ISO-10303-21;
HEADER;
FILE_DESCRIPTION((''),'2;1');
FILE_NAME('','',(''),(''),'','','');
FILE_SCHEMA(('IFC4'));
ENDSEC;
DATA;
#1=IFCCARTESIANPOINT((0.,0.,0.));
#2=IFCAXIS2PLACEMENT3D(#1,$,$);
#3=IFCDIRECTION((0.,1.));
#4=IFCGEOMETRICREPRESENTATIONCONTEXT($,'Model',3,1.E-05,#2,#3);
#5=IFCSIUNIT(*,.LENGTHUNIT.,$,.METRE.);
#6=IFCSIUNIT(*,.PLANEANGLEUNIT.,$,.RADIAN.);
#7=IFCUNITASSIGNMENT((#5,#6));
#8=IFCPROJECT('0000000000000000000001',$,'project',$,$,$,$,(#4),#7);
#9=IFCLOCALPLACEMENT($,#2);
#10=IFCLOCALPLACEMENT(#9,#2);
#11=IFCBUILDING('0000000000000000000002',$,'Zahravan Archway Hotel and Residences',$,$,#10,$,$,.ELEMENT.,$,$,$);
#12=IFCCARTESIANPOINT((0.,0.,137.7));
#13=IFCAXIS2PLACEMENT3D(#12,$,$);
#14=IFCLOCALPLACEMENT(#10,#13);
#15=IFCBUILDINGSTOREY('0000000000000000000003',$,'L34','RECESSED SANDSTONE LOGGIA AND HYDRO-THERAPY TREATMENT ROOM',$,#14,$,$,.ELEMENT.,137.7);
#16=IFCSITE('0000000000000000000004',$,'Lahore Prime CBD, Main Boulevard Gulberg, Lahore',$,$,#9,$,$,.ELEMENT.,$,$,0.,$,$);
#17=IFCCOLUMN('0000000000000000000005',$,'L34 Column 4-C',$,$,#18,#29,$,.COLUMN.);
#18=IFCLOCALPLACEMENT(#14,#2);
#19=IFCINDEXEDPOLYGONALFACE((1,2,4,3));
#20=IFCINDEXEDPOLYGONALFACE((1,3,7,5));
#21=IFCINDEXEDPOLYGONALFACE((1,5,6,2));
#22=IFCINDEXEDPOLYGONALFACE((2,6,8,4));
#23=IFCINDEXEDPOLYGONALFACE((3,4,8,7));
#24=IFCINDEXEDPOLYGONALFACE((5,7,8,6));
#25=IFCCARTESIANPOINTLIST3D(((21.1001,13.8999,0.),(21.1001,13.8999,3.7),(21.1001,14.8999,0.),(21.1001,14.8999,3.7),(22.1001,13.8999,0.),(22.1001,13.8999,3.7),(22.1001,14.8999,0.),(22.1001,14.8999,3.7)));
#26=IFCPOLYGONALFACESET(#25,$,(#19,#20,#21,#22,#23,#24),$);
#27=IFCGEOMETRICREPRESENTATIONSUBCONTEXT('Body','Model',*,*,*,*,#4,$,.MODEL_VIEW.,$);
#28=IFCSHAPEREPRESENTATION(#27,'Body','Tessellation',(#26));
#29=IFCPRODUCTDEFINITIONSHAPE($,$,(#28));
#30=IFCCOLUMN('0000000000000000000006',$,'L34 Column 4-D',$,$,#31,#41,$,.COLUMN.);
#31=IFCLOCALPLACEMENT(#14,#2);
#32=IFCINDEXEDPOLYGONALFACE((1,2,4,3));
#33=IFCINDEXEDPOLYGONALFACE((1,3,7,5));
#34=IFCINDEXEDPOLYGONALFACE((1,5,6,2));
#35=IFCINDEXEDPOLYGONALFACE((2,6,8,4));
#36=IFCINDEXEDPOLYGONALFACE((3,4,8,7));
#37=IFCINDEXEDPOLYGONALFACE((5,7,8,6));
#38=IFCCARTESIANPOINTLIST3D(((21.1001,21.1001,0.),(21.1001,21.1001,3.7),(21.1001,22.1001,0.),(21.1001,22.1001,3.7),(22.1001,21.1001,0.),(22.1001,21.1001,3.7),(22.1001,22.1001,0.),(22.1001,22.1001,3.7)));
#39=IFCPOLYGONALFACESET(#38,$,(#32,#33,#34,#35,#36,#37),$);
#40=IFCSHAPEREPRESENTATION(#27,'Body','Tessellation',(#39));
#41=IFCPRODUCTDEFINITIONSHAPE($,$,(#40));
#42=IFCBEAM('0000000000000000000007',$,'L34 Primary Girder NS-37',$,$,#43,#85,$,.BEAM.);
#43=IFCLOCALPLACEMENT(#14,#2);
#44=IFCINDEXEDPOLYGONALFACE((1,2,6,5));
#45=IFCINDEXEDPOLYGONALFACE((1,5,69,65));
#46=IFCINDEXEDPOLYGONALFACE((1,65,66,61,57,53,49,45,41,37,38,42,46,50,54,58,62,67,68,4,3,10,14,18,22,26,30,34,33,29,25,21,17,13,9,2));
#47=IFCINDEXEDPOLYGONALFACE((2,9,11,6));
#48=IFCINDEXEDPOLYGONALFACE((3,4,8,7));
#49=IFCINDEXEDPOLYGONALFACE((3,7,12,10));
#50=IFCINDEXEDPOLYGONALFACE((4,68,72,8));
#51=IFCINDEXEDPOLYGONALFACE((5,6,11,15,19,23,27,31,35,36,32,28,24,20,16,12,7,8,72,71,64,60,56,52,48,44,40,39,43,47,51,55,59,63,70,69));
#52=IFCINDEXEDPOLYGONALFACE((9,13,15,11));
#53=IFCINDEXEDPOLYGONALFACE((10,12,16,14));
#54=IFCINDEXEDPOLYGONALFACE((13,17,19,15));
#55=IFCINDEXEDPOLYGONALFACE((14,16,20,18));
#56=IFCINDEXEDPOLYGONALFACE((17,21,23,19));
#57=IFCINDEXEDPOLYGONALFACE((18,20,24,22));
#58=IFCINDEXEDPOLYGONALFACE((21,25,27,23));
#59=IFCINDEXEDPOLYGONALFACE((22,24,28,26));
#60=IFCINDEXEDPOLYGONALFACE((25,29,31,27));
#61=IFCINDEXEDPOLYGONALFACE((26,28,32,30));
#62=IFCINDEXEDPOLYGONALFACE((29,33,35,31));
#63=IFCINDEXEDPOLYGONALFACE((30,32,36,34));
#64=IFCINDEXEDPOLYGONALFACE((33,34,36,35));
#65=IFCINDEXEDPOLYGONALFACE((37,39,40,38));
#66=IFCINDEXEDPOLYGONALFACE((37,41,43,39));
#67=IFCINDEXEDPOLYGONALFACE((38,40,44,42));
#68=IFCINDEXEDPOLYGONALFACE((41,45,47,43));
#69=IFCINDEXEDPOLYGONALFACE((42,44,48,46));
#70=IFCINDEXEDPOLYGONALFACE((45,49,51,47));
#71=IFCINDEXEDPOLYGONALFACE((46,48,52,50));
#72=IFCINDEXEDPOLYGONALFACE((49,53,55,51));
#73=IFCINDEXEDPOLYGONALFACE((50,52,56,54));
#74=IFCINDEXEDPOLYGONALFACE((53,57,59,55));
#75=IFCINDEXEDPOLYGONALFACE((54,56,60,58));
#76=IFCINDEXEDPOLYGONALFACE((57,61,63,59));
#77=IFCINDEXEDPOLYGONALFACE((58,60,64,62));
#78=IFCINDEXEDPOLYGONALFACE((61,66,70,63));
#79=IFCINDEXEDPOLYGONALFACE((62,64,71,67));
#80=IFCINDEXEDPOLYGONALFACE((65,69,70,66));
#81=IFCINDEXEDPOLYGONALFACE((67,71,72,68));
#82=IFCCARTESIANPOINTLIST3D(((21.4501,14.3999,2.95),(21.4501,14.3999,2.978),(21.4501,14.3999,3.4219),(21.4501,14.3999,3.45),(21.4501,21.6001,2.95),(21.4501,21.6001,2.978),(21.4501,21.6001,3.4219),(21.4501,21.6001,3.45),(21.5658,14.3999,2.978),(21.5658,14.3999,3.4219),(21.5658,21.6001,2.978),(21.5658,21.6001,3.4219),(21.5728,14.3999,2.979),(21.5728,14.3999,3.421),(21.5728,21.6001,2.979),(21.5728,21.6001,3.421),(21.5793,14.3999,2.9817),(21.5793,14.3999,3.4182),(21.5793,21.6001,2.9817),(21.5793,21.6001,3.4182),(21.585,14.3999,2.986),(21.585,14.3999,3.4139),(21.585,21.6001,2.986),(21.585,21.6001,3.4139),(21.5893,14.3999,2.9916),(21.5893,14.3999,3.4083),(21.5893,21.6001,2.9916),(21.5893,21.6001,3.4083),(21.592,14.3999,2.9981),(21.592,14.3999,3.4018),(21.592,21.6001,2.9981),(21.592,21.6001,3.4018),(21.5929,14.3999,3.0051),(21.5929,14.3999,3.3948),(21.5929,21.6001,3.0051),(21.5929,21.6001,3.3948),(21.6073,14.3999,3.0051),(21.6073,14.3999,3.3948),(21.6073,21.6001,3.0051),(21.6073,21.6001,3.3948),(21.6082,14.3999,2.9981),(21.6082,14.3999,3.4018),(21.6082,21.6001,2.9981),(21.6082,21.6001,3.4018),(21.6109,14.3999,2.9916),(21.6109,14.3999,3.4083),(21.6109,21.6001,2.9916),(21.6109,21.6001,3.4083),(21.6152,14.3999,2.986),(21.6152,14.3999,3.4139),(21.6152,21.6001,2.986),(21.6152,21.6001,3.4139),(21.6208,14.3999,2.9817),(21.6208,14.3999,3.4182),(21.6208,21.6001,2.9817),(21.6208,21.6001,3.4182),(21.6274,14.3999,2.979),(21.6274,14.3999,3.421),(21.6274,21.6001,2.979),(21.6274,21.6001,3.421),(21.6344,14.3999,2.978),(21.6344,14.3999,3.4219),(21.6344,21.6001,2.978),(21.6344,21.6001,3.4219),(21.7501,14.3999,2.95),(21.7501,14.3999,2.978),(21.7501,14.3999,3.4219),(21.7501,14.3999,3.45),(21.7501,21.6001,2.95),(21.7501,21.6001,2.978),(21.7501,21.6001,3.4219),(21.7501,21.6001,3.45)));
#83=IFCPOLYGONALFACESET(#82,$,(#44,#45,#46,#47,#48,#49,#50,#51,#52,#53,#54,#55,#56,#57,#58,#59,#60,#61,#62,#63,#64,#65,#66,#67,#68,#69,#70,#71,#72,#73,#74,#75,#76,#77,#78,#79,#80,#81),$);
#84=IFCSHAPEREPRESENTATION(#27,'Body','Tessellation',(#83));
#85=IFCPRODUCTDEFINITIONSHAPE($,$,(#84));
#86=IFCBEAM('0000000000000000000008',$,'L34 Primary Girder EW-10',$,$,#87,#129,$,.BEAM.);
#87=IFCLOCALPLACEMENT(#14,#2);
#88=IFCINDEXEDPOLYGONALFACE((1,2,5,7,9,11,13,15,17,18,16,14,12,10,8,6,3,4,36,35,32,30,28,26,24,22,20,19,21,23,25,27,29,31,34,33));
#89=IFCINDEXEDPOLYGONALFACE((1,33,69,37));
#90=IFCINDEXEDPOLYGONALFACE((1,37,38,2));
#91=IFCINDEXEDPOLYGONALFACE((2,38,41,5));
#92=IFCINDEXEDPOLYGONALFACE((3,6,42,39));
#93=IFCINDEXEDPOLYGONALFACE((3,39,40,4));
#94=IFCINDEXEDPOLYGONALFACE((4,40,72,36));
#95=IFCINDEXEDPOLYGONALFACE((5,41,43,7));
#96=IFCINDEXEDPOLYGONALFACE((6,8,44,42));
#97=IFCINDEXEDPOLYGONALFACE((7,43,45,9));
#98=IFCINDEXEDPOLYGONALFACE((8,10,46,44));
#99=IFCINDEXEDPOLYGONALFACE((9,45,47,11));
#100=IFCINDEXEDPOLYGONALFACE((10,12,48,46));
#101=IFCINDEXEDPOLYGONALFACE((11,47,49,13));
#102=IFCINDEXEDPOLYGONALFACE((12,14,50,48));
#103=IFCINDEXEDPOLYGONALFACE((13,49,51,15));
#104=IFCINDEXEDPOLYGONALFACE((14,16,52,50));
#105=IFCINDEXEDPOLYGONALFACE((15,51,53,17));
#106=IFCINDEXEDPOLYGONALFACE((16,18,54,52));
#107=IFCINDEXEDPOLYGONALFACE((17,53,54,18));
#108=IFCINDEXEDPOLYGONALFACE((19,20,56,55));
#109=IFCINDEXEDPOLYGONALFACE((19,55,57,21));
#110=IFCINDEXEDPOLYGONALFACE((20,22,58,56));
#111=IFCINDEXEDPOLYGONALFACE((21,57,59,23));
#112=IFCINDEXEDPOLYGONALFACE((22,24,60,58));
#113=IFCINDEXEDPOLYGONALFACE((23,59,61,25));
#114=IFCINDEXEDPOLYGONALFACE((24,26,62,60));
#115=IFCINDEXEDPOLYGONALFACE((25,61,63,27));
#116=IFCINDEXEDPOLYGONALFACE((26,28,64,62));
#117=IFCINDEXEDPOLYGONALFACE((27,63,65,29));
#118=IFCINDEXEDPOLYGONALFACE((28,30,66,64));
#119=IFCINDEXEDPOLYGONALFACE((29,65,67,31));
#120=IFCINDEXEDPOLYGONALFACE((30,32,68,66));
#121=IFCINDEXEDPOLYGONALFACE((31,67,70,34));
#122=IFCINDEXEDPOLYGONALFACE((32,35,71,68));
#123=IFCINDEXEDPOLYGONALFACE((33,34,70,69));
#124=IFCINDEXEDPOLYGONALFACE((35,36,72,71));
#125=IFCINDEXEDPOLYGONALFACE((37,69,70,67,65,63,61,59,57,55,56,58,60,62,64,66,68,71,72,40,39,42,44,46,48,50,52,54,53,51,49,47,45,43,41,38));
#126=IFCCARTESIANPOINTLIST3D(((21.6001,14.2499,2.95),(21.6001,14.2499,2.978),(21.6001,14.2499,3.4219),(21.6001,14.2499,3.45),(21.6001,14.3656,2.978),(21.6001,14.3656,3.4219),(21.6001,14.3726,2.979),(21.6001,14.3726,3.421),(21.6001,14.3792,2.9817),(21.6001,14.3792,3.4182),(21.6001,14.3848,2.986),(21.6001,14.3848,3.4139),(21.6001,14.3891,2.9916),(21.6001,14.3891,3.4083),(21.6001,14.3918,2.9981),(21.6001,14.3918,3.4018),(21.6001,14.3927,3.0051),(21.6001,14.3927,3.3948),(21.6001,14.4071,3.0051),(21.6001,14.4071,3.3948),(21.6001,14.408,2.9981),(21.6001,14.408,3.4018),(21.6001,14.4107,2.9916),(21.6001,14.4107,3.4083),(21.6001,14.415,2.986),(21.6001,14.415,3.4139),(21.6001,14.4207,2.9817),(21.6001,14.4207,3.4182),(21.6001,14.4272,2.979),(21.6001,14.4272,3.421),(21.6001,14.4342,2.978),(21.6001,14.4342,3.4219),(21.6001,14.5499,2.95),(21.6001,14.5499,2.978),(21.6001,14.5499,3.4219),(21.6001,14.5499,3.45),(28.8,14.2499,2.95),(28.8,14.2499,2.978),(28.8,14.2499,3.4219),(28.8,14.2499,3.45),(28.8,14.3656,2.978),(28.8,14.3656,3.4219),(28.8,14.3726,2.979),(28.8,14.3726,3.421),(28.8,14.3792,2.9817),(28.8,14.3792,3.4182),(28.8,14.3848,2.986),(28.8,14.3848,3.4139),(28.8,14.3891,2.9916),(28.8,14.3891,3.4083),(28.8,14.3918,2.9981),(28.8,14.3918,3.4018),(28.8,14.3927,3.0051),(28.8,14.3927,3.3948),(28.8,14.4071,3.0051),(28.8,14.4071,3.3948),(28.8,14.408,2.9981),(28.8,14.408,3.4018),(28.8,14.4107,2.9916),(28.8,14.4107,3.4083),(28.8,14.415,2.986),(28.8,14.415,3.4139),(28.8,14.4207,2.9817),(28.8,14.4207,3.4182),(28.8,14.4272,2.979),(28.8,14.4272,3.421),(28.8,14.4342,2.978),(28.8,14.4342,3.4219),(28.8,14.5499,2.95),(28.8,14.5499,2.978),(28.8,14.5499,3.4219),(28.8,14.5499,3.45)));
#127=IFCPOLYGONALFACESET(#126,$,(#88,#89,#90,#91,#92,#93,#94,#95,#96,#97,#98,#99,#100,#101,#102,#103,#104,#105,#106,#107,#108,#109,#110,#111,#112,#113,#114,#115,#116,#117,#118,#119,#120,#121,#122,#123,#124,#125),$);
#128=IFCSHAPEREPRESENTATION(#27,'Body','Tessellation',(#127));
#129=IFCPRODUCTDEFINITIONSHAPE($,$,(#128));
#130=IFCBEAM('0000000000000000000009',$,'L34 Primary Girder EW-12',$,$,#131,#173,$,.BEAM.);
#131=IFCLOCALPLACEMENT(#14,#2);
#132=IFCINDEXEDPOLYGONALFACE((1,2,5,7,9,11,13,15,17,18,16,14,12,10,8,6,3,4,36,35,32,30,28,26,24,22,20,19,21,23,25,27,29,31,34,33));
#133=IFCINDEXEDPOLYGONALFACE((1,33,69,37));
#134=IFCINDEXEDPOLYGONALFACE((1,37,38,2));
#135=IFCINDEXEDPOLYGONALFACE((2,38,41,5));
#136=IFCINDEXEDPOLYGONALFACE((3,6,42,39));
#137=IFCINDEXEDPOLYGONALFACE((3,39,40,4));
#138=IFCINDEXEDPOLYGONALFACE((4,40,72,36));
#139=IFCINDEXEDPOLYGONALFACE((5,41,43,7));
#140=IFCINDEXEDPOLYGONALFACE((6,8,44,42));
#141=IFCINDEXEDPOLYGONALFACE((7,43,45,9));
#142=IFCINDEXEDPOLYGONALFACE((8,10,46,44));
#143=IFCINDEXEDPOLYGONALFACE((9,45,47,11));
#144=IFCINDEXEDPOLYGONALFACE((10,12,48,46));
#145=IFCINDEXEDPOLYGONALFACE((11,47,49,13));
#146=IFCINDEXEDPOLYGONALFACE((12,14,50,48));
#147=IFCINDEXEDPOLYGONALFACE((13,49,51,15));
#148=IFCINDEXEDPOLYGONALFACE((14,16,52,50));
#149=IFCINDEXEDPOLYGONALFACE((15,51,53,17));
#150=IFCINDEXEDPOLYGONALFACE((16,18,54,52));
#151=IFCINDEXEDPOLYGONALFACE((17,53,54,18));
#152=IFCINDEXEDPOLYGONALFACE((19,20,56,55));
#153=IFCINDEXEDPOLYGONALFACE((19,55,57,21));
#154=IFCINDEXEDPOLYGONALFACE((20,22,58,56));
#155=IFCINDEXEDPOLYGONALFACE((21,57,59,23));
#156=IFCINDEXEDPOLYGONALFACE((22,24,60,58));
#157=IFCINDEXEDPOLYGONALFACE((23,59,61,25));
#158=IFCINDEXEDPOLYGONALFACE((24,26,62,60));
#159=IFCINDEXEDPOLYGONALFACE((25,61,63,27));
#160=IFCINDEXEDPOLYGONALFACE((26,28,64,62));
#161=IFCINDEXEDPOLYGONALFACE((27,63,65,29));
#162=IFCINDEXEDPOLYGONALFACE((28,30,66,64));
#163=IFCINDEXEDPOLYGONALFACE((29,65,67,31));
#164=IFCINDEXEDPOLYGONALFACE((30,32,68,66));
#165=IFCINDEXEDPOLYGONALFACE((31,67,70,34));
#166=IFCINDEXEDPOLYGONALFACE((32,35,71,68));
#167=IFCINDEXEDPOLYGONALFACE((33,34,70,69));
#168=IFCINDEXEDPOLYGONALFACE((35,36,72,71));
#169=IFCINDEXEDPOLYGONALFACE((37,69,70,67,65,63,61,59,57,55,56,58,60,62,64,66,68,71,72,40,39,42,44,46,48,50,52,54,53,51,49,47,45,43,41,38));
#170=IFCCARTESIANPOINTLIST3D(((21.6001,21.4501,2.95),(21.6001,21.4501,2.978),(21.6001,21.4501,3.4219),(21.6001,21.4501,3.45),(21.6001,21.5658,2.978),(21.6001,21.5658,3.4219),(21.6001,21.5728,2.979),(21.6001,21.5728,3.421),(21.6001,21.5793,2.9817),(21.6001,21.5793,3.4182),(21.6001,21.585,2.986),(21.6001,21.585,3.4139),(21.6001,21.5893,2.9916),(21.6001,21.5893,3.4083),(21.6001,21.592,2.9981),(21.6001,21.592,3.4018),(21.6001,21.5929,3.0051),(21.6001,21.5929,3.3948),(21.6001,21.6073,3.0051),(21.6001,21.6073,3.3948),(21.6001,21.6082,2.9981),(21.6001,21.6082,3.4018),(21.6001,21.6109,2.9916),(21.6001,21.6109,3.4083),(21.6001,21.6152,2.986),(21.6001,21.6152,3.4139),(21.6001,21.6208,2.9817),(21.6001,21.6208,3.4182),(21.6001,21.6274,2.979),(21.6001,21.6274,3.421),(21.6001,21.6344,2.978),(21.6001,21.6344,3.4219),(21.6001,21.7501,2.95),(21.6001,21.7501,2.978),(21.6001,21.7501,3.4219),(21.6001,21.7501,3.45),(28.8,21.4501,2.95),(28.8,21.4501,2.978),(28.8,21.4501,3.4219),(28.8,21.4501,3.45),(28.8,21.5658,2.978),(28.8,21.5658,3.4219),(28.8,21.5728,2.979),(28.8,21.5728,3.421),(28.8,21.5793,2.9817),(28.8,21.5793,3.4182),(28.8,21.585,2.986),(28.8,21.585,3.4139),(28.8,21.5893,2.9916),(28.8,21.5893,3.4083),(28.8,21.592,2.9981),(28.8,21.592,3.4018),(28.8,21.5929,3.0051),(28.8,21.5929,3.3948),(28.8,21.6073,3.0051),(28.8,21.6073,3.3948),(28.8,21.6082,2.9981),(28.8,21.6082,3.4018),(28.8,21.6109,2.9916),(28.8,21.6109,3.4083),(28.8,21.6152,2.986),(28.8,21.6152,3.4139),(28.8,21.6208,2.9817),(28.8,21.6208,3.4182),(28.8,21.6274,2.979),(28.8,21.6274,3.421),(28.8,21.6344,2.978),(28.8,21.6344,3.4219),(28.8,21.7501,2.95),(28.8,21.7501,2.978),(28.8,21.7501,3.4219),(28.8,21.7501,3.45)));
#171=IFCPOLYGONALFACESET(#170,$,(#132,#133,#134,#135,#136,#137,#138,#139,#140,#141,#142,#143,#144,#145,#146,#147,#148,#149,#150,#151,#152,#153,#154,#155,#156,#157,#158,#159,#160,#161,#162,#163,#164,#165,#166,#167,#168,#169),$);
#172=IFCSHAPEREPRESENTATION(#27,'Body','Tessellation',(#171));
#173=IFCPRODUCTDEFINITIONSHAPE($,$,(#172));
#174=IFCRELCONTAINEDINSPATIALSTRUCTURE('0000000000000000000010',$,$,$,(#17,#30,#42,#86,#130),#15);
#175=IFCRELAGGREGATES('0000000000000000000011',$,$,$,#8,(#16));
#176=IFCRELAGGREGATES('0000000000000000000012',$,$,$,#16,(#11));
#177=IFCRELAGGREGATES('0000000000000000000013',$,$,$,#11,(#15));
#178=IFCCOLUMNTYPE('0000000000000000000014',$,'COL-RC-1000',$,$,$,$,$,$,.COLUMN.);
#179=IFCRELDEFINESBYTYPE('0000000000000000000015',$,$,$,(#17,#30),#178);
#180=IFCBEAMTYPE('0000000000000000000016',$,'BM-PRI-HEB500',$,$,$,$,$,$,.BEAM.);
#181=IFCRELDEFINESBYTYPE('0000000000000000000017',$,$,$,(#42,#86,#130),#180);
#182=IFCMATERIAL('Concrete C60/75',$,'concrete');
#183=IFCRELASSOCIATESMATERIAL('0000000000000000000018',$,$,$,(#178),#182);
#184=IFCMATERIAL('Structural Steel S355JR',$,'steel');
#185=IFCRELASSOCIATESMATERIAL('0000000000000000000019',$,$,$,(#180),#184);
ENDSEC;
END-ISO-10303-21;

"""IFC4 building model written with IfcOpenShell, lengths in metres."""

from ifc_helpers import new_model, si_unit, direction, frame, origin, origin_2d, place, context, subcontext, project, spatial, rectangle, i_section, extrude, source, transform, mapped, material, material_profile, profile_set, type_object, type_shapes, element, save


model = new_model("IFC4")

# Units and contexts
model_context = context("Model", 3, precision=1e-05, world=origin(), true_north=direction((0.0, 1.0)))
body_context = subcontext(model_context, "Body", "Model", "MODEL_VIEW")
ifc_project = project(units=[si_unit("LENGTHUNIT", "METRE"), si_unit("PLANEANGLEUNIT", "RADIAN")], contexts=[model_context])

# Site, building, storey
site_placement = place(None, origin())
site = spatial("IfcSite", under=ifc_project, at=site_placement, Name="Lahore Prime CBD, Main Boulevard Gulberg, Lahore", CompositionType="ELEMENT", RefElevation=0.0)
building_placement = place(site_placement, origin())
building = spatial("IfcBuilding", under=site, at=building_placement, Name="Zahravan Archway Hotel and Residences", CompositionType="ELEMENT")
storey_placement = place(building_placement, frame((0.0, 0.0, 137.7)))
storey = spatial("IfcBuildingStorey", under=building, at=storey_placement, Name="L34", Description="RECESSED SANDSTONE LOGGIA AND HYDRO-THERAPY TREATMENT ROOM", CompositionType="ELEMENT", Elevation=137.7)

# Columns
ifc_material_1 = material(Name="Concrete C60/75", Category="concrete")
ifc_material_profile_1 = material_profile(ifc_material_1, rectangle(XDim=1.0, YDim=1.0, at=origin_2d()), Name="RC-COL-1000x1000", Category="concrete")
ifc_profile_set_1 = profile_set([ifc_material_profile_1], Name="Concrete C60/75")
column_type = type_object("IfcColumnType", Name="COL-RC-1000", PredefinedType="COLUMN", material=ifc_profile_set_1)
shared_shape_1 = source(origin(), body_context, "Body", "SweptSolid", [
    extrude(rectangle(XDim=1.0, YDim=1.0, at=origin_2d()), origin(), (0.0, 0.0, 1.0), 3.7),
])
type_shapes(column_type, [shared_shape_1])
for number, where, z_axis, x_axis, name in (
    (1, (21.6001, 14.3999, 0.0), (0.0, 0.0, 1.0), (1.0, 0.0, 0.0), "L34 Column 4-C"),
    (2, (21.6001, 21.6001, 0.0), (0.0, 0.0, 1.0), (1.0, 0.0, 0.0), "L34 Column 4-D"),
):
    element("IfcColumn", number, at=place(storey_placement, frame(where, z_axis=z_axis, x_axis=x_axis)), inside=storey, type_object=column_type, Name=name, PredefinedType="COLUMN", context=body_context, shape_type="MappedRepresentation", body=[
        mapped(shared_shape_1, transform((0.0, 0.0, 0.0), scale=1.0)),
    ])

# Beams
ifc_material_2 = material(Name="Structural Steel S355JR", Category="steel")
ifc_material_profile_2 = material_profile(ifc_material_2, i_section(OverallWidth=0.3, OverallDepth=0.5, WebThickness=0.0144, FlangeThickness=0.0281, FilletRadius=0.0271, at=origin_2d()), Name="HEB 500", Category="steel")
ifc_profile_set_2 = profile_set([ifc_material_profile_2], Name="Structural Steel S355JR")
beam_type_1 = type_object("IfcBeamType", Name="BM-PRI-HEB500", PredefinedType="BEAM", material=ifc_profile_set_2)
shared_shape_2 = source(origin(), body_context, "Body", "SweptSolid", [
    extrude(i_section(OverallWidth=0.3, OverallDepth=0.5, WebThickness=0.0144, FlangeThickness=0.0281, FilletRadius=0.0271, at=origin_2d()), origin(), (0.0, 0.0, 1.0), 7.2002),
])
type_shapes(beam_type_1, [shared_shape_2])
beam_1_placement = place(storey_placement, frame((21.6001, 14.3999, 3.2), z_axis=(0.0, 1.0, 0.0), x_axis=(-1.0, 0.0, 0.0)))
element("IfcBeam", 3, at=beam_1_placement, inside=storey, type_object=beam_type_1, Name="L34 Primary Girder NS-37", PredefinedType="BEAM", context=body_context, shape_type="MappedRepresentation", body=[
    mapped(shared_shape_2, transform((0.0, 0.0, 0.0), scale=1.0)),
])
shared_shape_3 = source(origin(), body_context, "Body", "SweptSolid", [
    extrude(i_section(OverallWidth=0.3, OverallDepth=0.5, WebThickness=0.0144, FlangeThickness=0.0281, FilletRadius=0.0271, at=origin_2d()), origin(), (0.0, 0.0, 1.0), 7.2),
])
for number, where, z_axis, x_axis, name in (
    (4, (21.6001, 14.3999, 3.2), (1.0, 0.0, 0.0), (0.0, 1.0, 0.0), "L34 Primary Girder EW-10"),
    (5, (21.6001, 21.6001, 3.2), (1.0, 0.0, 0.0), (0.0, 1.0, 0.0), "L34 Primary Girder EW-12"),
):
    element("IfcBeam", number, at=place(storey_placement, frame(where, z_axis=z_axis, x_axis=x_axis)), inside=storey, type_object=beam_type_1, Name=name, PredefinedType="BEAM", context=body_context, shape_type="MappedRepresentation", body=[
        mapped(shared_shape_3, transform((0.0, 0.0, 0.0), scale=1.0)),
    ])

save(model, "model.ifc")
